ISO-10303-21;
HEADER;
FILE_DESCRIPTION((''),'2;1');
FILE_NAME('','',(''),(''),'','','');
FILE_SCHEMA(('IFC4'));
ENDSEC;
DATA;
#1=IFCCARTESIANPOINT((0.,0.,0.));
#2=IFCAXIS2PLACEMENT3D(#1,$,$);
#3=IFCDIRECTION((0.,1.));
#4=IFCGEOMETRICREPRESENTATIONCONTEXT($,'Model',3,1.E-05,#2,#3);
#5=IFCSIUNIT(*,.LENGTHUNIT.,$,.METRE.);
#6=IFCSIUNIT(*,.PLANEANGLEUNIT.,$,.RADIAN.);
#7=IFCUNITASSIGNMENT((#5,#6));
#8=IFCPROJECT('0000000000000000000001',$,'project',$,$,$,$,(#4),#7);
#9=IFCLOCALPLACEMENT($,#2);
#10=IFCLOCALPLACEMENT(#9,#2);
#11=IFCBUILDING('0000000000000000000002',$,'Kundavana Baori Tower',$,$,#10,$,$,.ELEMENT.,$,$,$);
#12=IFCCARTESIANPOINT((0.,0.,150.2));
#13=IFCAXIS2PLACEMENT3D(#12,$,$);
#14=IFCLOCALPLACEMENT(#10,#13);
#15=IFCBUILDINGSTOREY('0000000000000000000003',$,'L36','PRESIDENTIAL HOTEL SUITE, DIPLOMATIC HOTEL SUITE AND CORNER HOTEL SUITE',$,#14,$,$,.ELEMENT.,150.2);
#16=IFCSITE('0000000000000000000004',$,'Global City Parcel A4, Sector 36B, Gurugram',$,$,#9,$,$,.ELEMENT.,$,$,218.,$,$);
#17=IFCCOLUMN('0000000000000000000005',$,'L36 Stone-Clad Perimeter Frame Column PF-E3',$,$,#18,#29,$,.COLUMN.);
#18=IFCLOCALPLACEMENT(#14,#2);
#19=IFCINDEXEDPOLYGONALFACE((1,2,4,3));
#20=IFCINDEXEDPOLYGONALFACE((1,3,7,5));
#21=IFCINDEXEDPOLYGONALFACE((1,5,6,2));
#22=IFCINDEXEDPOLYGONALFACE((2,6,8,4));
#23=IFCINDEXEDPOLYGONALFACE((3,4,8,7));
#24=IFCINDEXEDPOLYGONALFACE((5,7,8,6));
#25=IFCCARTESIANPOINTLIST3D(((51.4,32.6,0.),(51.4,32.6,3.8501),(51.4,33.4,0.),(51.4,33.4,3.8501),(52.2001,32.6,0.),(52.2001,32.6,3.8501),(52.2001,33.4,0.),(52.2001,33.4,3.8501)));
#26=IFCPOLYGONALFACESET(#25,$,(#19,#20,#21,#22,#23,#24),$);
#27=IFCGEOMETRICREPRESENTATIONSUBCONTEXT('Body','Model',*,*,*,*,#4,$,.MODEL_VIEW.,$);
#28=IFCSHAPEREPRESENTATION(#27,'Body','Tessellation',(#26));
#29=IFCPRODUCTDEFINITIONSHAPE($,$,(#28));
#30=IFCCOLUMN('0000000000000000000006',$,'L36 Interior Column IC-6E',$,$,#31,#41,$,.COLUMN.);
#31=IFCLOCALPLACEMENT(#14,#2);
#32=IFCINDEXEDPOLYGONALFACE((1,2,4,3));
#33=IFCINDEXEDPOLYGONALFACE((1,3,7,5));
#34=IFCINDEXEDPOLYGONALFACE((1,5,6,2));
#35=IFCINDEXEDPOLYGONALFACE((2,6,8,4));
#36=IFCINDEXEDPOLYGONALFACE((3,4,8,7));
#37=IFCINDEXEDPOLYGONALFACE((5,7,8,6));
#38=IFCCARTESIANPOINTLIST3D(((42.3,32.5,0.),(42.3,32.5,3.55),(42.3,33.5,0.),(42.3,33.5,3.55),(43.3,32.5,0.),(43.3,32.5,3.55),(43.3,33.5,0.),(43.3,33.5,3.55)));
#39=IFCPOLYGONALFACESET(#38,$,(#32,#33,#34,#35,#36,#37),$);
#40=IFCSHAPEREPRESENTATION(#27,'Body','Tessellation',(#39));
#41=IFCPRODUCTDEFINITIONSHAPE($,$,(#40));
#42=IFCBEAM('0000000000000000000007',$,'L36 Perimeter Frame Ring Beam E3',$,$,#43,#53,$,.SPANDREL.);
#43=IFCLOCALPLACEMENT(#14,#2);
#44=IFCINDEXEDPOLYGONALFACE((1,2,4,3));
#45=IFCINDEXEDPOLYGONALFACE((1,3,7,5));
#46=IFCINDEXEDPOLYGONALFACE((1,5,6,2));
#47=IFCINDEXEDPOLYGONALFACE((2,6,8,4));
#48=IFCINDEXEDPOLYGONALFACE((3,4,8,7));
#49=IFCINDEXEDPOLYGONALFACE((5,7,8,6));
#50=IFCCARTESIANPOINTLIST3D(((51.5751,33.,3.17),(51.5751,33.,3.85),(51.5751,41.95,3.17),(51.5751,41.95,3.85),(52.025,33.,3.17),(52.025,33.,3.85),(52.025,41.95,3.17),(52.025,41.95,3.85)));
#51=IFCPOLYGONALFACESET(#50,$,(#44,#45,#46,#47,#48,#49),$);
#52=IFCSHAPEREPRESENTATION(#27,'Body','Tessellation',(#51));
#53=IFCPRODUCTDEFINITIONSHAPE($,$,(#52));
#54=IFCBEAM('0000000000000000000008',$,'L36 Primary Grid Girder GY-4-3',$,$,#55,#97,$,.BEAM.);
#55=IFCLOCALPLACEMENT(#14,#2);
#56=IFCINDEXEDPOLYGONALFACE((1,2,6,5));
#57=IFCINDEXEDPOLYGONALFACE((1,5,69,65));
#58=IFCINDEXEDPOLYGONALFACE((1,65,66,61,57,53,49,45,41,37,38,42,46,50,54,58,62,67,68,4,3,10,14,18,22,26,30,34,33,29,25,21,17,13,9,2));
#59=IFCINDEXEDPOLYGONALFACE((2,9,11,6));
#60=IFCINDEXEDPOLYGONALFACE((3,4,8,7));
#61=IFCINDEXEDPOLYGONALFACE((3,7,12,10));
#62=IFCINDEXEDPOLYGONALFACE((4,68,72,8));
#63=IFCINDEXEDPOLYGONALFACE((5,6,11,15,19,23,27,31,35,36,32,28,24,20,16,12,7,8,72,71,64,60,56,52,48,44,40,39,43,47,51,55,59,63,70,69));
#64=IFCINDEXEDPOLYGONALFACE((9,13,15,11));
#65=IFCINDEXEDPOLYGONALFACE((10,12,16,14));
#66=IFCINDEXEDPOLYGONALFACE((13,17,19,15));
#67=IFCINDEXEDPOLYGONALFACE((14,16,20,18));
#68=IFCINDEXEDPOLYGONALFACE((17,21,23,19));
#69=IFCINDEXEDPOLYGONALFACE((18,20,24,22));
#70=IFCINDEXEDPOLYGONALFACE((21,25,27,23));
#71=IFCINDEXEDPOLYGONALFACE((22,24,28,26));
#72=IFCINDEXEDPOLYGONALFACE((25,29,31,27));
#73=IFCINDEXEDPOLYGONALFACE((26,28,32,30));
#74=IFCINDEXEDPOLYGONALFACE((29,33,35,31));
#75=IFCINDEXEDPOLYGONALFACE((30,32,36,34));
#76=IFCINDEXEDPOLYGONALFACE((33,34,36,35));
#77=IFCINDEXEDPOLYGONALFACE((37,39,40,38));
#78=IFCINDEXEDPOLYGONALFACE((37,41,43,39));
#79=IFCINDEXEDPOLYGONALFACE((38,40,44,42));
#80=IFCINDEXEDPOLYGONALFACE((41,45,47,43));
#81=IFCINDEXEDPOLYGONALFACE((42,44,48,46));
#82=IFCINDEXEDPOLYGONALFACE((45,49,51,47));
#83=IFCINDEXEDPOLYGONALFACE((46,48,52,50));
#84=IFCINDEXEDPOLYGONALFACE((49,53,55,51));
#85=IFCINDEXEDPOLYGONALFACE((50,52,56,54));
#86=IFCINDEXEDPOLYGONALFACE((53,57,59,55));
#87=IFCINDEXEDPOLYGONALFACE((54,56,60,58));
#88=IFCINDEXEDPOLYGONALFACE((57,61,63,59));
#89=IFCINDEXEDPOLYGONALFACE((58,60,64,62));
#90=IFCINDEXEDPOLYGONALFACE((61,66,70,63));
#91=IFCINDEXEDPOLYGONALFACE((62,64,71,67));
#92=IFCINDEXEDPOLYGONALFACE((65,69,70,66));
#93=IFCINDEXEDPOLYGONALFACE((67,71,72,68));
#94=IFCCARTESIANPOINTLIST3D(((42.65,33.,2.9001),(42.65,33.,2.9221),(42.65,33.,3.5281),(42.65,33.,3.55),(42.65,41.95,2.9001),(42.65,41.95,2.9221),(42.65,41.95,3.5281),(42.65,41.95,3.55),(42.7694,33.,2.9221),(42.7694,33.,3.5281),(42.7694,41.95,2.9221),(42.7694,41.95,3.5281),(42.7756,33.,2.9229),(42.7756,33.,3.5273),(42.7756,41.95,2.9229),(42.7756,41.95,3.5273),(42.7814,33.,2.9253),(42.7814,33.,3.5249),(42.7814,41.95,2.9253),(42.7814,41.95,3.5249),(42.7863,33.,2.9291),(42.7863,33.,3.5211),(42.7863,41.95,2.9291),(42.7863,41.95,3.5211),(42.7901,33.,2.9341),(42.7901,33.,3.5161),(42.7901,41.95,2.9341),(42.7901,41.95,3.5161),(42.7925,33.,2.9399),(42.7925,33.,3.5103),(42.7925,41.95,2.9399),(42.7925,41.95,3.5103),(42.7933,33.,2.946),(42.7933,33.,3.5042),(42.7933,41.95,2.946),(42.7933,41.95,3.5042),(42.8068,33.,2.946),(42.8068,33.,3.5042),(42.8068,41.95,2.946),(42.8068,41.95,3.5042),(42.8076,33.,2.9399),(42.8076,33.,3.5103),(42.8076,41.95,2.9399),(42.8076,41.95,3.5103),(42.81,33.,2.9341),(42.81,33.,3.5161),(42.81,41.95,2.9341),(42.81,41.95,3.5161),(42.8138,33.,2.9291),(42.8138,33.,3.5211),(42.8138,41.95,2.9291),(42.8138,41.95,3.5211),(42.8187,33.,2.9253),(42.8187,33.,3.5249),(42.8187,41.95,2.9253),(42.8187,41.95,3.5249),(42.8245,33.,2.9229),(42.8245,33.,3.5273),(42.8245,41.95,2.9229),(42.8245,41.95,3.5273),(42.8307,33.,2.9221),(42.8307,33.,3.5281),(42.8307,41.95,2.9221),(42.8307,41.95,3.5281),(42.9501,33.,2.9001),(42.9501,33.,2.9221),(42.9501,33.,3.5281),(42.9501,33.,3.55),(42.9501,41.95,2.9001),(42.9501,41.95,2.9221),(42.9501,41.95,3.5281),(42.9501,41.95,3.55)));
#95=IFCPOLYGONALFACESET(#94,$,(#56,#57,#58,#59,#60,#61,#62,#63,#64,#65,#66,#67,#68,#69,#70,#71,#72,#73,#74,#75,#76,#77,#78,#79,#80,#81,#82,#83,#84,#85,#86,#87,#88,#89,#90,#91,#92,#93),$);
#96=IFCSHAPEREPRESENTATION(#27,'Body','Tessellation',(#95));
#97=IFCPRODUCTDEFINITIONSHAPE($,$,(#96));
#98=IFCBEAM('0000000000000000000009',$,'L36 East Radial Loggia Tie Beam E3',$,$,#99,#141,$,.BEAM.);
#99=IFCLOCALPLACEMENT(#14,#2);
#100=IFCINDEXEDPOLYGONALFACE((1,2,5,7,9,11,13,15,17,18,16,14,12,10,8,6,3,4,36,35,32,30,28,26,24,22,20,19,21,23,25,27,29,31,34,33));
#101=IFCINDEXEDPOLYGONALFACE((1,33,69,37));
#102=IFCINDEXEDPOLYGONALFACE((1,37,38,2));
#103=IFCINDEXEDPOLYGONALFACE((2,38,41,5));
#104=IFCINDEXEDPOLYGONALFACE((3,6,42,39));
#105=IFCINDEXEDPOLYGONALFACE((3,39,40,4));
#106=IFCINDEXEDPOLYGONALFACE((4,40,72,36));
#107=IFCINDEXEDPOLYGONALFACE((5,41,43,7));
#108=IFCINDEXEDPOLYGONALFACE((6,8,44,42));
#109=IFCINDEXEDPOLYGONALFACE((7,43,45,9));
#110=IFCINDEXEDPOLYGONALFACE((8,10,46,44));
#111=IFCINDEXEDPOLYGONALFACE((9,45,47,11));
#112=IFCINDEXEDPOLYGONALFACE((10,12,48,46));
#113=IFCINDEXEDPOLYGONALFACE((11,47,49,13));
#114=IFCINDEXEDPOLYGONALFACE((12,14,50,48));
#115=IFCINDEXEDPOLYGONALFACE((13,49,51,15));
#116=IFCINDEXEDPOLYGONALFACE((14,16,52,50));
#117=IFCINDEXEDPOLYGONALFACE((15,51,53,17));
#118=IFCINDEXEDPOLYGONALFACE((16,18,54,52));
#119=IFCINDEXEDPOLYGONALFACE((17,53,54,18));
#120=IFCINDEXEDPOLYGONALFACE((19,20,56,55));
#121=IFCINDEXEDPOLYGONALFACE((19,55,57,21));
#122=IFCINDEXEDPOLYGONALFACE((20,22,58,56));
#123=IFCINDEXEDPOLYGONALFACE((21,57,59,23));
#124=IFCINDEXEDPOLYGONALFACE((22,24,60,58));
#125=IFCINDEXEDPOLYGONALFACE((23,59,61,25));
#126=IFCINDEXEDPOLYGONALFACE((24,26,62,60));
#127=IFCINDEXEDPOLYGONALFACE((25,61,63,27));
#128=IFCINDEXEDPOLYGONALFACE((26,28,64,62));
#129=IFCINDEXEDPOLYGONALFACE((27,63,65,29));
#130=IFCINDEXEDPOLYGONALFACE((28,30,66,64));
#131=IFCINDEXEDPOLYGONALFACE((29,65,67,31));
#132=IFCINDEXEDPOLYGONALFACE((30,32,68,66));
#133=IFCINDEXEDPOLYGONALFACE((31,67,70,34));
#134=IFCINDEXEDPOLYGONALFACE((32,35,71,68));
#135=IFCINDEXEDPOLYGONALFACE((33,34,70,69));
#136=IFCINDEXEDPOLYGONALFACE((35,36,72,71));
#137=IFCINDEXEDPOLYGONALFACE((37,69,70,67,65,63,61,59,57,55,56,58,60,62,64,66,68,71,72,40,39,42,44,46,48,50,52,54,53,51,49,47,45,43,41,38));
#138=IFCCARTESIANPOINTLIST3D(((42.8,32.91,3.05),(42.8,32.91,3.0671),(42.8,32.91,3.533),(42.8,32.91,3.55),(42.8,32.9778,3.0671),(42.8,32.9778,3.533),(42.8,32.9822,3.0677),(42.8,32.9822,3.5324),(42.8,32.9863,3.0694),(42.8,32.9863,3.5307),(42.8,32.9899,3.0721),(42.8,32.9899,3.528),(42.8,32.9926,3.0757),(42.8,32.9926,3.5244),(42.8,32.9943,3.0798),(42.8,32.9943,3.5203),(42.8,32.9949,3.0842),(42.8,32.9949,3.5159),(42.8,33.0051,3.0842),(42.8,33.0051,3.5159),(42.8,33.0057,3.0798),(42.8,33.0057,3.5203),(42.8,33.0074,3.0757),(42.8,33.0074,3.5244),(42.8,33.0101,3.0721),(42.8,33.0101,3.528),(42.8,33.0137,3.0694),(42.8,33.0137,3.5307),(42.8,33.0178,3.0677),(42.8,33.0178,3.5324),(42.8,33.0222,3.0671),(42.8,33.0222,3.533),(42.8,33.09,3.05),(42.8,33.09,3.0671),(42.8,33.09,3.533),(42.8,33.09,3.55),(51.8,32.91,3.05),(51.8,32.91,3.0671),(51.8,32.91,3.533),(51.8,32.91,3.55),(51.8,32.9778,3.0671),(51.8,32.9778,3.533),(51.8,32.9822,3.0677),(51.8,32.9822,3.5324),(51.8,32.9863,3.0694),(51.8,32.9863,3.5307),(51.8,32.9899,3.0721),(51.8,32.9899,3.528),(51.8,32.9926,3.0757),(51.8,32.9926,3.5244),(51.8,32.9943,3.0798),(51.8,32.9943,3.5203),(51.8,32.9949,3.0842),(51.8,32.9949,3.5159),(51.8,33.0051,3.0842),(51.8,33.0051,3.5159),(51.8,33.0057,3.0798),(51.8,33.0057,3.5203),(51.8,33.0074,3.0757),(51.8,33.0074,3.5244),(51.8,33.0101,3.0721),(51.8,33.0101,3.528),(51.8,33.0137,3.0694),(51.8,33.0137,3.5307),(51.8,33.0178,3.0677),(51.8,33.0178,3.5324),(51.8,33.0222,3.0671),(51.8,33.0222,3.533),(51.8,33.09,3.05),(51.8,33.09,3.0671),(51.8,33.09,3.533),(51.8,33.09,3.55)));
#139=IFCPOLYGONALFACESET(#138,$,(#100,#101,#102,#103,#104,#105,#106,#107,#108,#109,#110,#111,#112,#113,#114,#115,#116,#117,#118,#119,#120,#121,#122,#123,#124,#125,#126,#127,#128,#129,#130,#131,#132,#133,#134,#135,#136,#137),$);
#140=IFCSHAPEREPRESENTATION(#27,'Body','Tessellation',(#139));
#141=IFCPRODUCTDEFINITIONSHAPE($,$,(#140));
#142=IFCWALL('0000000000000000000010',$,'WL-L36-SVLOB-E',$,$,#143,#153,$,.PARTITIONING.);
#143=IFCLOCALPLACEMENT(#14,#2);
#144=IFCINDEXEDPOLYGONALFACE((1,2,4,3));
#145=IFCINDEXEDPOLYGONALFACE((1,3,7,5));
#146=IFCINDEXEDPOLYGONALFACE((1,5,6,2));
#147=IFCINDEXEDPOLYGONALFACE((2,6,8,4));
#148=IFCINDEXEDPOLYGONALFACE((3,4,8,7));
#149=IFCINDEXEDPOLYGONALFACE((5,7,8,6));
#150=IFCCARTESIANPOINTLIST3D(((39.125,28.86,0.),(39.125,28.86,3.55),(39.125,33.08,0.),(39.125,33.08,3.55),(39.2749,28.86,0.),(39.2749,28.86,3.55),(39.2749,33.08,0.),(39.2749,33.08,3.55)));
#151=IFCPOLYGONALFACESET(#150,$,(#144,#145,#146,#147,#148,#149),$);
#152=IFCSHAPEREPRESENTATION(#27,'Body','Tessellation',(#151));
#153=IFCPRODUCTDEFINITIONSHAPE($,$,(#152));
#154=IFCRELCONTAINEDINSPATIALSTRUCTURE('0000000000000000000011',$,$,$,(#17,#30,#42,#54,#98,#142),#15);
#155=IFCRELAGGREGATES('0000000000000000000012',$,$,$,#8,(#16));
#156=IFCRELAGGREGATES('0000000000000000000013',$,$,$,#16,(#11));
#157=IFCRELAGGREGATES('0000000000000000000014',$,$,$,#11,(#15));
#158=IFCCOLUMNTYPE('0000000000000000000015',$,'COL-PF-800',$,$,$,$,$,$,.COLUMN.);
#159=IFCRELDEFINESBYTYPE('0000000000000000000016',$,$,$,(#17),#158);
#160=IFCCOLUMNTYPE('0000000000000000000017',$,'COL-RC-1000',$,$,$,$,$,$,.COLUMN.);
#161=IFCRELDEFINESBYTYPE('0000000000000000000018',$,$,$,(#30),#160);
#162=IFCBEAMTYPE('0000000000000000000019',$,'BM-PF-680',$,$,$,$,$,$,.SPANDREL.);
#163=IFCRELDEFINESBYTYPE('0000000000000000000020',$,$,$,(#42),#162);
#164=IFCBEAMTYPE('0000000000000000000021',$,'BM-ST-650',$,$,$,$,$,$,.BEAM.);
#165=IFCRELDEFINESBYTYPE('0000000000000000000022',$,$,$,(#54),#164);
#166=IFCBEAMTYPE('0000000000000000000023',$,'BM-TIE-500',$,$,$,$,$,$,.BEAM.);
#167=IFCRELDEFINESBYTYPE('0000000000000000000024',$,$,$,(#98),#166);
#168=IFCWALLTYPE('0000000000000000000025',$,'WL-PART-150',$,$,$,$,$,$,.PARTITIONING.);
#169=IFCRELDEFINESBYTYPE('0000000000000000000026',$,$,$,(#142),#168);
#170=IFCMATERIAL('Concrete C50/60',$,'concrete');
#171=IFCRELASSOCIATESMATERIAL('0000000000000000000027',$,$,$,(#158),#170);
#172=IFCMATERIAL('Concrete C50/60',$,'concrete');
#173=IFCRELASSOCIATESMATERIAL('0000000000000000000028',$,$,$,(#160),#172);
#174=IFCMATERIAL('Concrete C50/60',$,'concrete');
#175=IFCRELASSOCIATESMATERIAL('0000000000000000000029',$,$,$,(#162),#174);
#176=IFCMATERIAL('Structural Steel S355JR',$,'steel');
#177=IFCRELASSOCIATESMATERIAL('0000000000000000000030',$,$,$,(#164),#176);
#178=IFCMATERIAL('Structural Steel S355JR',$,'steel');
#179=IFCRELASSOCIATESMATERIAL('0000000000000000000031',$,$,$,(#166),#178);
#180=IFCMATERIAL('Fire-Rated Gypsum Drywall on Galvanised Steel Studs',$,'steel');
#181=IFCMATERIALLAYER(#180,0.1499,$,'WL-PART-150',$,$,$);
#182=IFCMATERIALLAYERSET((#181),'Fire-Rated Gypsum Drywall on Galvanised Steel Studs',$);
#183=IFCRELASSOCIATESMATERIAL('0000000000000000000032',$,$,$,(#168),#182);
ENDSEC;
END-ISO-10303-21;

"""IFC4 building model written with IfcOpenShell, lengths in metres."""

from ifc_helpers import new_model, si_unit, direction, frame, frame_2d, origin, origin_2d, place, context, subcontext, project, spatial, rectangle, i_section, extrude, material, layer, layer_set, material_profile, profile_set, type_object, element, save


model = new_model("IFC4")

# Units and contexts
model_context = context("Model", 3, precision=1e-05, world=origin(), true_north=direction((0.0, 1.0)))
body_context = subcontext(model_context, "Body", "Model", "MODEL_VIEW")
ifc_project = project(units=[si_unit("LENGTHUNIT", "METRE"), si_unit("PLANEANGLEUNIT", "RADIAN")], contexts=[model_context])

# Site, building, storey
site_placement = place(None, origin())
site = spatial("IfcSite", under=ifc_project, at=site_placement, Name="Global City Parcel A4, Sector 36B, Gurugram", CompositionType="ELEMENT", RefElevation=218.0)
building_placement = place(site_placement, origin())
building = spatial("IfcBuilding", under=site, at=building_placement, Name="Kundavana Baori Tower", CompositionType="ELEMENT")
storey_placement = place(building_placement, frame((0.0, 0.0, 150.2)))
storey = spatial("IfcBuildingStorey", under=building, at=storey_placement, Name="L36", Description="PRESIDENTIAL HOTEL SUITE, DIPLOMATIC HOTEL SUITE AND CORNER HOTEL SUITE", CompositionType="ELEMENT", Elevation=150.2)

# Columns
ifc_material_1 = material(Name="Concrete C50/60", Category="concrete")
ifc_material_profile_1 = material_profile(ifc_material_1, rectangle(XDim=0.8, YDim=0.8, at=origin_2d()), Name="RC PF 800x800")
ifc_profile_set_1 = profile_set([ifc_material_profile_1], Name="Concrete C50/60")
column_type_1 = type_object("IfcColumnType", Name="COL-PF-800", PredefinedType="COLUMN", material=ifc_profile_set_1)
column_1_placement = place(storey_placement, frame((51.8, 33.0, 0.0), z_axis=(0.0, 0.0, 1.0), x_axis=(1.0, 0.0, 0.0)))
element("IfcColumn", 1, at=column_1_placement, inside=storey, type_object=column_type_1, Name="L36 Stone-Clad Perimeter Frame Column PF-E3", PredefinedType="COLUMN", context=body_context, shape_type="SweptSolid", body=[
    extrude(rectangle(XDim=0.8, YDim=0.8, at=origin_2d()), origin(), (0.0, 0.0, 1.0), 3.8501),
])
ifc_material_2 = material(Name="Concrete C50/60", Category="concrete")
ifc_material_profile_2 = material_profile(ifc_material_2, rectangle(XDim=1.0, YDim=1.0, at=origin_2d()), Name="RC 1000x1000")
ifc_profile_set_2 = profile_set([ifc_material_profile_2], Name="Concrete C50/60")
column_type_2 = type_object("IfcColumnType", Name="COL-RC-1000", PredefinedType="COLUMN", material=ifc_profile_set_2)
column_2_placement = place(storey_placement, frame((42.8, 33.0, 0.0), z_axis=(0.0, 0.0, 1.0), x_axis=(1.0, 0.0, 0.0)))
element("IfcColumn", 2, at=column_2_placement, inside=storey, type_object=column_type_2, Name="L36 Interior Column IC-6E", PredefinedType="COLUMN", context=body_context, shape_type="SweptSolid", body=[
    extrude(rectangle(XDim=1.0, YDim=1.0, at=origin_2d()), origin(), (0.0, 0.0, 1.0), 3.55),
])

# Beams
ifc_material_3 = material(Name="Concrete C50/60", Category="concrete")
ifc_material_profile_3 = material_profile(ifc_material_3, rectangle(XDim=0.45, YDim=0.6799, at=origin_2d()), Name="RC BM 450x680")
ifc_profile_set_3 = profile_set([ifc_material_profile_3], Name="Concrete C50/60")
beam_type_1 = type_object("IfcBeamType", Name="BM-PF-680", PredefinedType="SPANDREL", material=ifc_profile_set_3)
beam_1_placement = place(storey_placement, frame((51.8, 33.0, 3.51), z_axis=(0.0, 1.0, 0.0), x_axis=(-1.0, 0.0, 0.0)))
element("IfcBeam", 3, at=beam_1_placement, inside=storey, type_object=beam_type_1, Name="L36 Perimeter Frame Ring Beam E3", PredefinedType="SPANDREL", context=body_context, shape_type="SweptSolid", body=[
    extrude(rectangle(XDim=0.45, YDim=0.6799, at=origin_2d()), origin(), (0.0, 0.0, 1.0), 8.95),
])
ifc_material_4 = material(Name="Structural Steel S355JR", Category="steel")
ifc_material_profile_4 = material_profile(ifc_material_4, i_section(OverallWidth=0.3, OverallDepth=0.6499, WebThickness=0.0134, FlangeThickness=0.022, FilletRadius=0.0239, at=origin_2d()), Name="NPB 650x300x155")
ifc_profile_set_4 = profile_set([ifc_material_profile_4], Name="Structural Steel S355JR")
beam_type_2 = type_object("IfcBeamType", Name="BM-ST-650", PredefinedType="BEAM", material=ifc_profile_set_4)
beam_2_placement = place(storey_placement, frame((42.8, 33.0, 3.2251), z_axis=(0.0, 1.0, 0.0), x_axis=(-1.0, 0.0, 0.0)))
element("IfcBeam", 4, at=beam_2_placement, inside=storey, type_object=beam_type_2, Name="L36 Primary Grid Girder GY-4-3", PredefinedType="BEAM", context=body_context, shape_type="SweptSolid", body=[
    extrude(i_section(OverallWidth=0.3, OverallDepth=0.6499, WebThickness=0.0134, FlangeThickness=0.022, FilletRadius=0.0239, at=origin_2d()), origin(), (0.0, 0.0, 1.0), 8.95),
])
ifc_material_5 = material(Name="Structural Steel S355JR", Category="steel")
ifc_material_profile_5 = material_profile(ifc_material_5, i_section(OverallWidth=0.1799, OverallDepth=0.5, WebThickness=0.0103, FlangeThickness=0.0171, FilletRadius=0.0171, at=origin_2d()), Name="ISMB 500")
ifc_profile_set_5 = profile_set([ifc_material_profile_5], Name="Structural Steel S355JR")
beam_type_3 = type_object("IfcBeamType", Name="BM-TIE-500", PredefinedType="BEAM", material=ifc_profile_set_5)
beam_3_placement = place(storey_placement, frame((42.8, 33.0, 3.3), z_axis=(1.0, 0.0, 0.0), x_axis=(0.0, 1.0, 0.0)))
element("IfcBeam", 5, at=beam_3_placement, inside=storey, type_object=beam_type_3, Name="L36 East Radial Loggia Tie Beam E3", PredefinedType="BEAM", context=body_context, shape_type="SweptSolid", body=[
    extrude(i_section(OverallWidth=0.1799, OverallDepth=0.5, WebThickness=0.0103, FlangeThickness=0.0171, FilletRadius=0.0171, at=origin_2d()), origin(), (0.0, 0.0, 1.0), 9.0),
])

# Wall
ifc_material_6 = material(Name="Fire-Rated Gypsum Drywall on Galvanised Steel Studs", Category="steel")
ifc_layer_1 = layer(ifc_material_6, 0.1499, Name="WL-PART-150")
ifc_layer_set_1 = layer_set([ifc_layer_1], Name="Fire-Rated Gypsum Drywall on Galvanised Steel Studs")
wall_type_1 = type_object("IfcWallType", Name="WL-PART-150", PredefinedType="PARTITIONING", material=ifc_layer_set_1)
wall_1_placement = place(storey_placement, frame((39.2, 28.8601, 0.0), z_axis=(0.0, 0.0, 1.0), x_axis=(0.0, 1.0, 0.0)))
element("IfcWall", 6, at=wall_1_placement, inside=storey, type_object=wall_type_1, Name="WL-L36-SVLOB-E", PredefinedType="PARTITIONING", context=body_context, shape_type="SweptSolid", body=[
    extrude(rectangle(XDim=4.22, YDim=0.1499, at=frame_2d((2.1099, 0.0))), origin(), (0.0, 0.0, 1.0), 3.55),
])

save(model, "model.ifc")
